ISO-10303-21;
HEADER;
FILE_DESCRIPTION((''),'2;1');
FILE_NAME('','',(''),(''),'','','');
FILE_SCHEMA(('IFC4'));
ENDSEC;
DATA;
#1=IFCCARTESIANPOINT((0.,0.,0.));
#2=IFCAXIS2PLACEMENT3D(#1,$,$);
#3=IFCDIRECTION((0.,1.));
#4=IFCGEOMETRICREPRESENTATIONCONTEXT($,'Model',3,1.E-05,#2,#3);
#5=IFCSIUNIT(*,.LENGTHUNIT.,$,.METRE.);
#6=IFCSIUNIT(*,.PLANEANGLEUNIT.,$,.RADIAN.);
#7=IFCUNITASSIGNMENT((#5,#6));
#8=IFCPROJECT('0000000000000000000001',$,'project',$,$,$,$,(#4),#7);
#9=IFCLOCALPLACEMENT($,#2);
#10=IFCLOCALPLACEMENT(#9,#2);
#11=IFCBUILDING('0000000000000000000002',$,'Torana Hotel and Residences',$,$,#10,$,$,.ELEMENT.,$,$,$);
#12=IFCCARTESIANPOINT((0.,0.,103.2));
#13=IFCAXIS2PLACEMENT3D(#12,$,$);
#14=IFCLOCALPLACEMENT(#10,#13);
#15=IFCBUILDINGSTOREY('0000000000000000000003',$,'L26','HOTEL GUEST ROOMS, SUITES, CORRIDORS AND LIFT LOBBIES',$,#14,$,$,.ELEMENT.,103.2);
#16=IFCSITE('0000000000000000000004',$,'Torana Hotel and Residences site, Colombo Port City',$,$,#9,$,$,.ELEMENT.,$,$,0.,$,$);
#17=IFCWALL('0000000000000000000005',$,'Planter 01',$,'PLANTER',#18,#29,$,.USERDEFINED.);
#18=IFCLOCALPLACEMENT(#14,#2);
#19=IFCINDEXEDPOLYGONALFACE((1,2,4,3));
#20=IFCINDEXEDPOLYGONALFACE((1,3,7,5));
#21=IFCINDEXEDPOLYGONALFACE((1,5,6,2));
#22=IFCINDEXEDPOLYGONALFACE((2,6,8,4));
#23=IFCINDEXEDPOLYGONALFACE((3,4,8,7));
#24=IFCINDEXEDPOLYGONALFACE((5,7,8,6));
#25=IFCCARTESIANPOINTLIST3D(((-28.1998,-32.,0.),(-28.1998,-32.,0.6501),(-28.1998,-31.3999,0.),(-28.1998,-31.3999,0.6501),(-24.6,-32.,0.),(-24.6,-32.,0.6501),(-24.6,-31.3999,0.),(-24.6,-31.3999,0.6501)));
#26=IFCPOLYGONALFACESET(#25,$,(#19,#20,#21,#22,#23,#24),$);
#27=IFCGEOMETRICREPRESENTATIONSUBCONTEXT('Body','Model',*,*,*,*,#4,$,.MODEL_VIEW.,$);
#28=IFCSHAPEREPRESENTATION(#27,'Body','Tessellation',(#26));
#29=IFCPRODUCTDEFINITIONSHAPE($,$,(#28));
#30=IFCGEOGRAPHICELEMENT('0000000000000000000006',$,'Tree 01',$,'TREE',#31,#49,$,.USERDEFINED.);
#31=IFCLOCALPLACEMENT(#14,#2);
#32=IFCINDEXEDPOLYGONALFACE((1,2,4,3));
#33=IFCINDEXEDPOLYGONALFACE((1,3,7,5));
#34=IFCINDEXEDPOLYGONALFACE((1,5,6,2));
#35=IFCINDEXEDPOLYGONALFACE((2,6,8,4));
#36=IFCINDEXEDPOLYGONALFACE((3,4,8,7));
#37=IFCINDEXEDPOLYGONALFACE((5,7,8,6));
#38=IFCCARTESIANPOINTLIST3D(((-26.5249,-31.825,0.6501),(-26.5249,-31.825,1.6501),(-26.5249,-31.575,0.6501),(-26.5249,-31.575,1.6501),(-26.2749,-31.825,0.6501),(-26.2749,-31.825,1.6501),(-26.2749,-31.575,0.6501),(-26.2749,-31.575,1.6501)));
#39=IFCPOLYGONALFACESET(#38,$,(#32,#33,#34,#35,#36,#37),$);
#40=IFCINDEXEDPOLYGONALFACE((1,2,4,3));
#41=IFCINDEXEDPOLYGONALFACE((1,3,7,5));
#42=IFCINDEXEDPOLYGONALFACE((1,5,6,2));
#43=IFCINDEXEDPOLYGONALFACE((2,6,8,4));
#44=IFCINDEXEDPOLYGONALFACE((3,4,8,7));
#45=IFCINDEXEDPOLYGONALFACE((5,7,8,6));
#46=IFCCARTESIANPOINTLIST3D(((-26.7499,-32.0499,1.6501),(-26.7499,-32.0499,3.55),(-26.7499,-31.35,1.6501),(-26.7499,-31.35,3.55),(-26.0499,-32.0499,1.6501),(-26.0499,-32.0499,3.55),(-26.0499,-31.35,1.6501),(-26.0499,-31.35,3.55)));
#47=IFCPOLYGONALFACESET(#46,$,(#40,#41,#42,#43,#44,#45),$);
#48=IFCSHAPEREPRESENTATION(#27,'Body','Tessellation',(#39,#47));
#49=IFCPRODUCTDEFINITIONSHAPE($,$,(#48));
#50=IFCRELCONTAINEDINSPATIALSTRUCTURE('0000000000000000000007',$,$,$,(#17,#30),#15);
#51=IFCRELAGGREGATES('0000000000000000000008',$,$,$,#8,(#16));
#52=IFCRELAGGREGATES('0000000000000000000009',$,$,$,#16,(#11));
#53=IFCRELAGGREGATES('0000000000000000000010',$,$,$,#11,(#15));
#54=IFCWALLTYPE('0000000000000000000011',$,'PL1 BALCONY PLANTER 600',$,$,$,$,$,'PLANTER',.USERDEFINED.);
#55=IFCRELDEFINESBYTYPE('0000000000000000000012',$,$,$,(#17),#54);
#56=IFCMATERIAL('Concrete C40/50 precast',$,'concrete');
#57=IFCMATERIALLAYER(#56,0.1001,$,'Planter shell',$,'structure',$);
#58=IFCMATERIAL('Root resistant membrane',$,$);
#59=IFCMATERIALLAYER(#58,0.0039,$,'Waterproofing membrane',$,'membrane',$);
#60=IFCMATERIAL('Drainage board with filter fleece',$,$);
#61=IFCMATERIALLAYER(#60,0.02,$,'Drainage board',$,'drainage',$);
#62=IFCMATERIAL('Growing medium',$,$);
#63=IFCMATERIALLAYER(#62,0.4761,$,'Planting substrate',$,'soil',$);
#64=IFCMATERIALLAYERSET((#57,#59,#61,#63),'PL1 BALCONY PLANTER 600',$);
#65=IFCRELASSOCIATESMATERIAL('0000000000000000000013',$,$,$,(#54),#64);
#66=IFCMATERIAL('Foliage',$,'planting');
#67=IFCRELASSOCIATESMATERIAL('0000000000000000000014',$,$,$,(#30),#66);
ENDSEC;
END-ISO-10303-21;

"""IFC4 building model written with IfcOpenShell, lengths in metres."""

from ifc_helpers import new_model, si_unit, direction, frame, frame_2d, origin, origin_2d, place, context, subcontext, project, spatial, rectangle, extrude, material, layer, layer_set, type_object, element, save


model = new_model("IFC4")

# Units and contexts
model_context = context("Model", 3, precision=1e-05, world=origin(), true_north=direction((0.0, 1.0)))
body_context = subcontext(model_context, "Body", "Model", "MODEL_VIEW")
ifc_project = project(units=[si_unit("LENGTHUNIT", "METRE"), si_unit("PLANEANGLEUNIT", "RADIAN")], contexts=[model_context])

# Site, building, storey
site_placement = place(None, origin())
site = spatial("IfcSite", under=ifc_project, at=site_placement, Name="Torana Hotel and Residences site, Colombo Port City", CompositionType="ELEMENT", RefElevation=0.0)
building_placement = place(site_placement, origin())
building = spatial("IfcBuilding", under=site, at=building_placement, Name="Torana Hotel and Residences", CompositionType="ELEMENT")
storey_placement = place(building_placement, frame((0.0, 0.0, 103.2)))
storey = spatial("IfcBuildingStorey", under=building, at=storey_placement, Name="L26", Description="HOTEL GUEST ROOMS, SUITES, CORRIDORS AND LIFT LOBBIES", CompositionType="ELEMENT", Elevation=103.2)

# Wall
ifc_material_1 = material(Name="Concrete C40/50 precast", Category="concrete")
ifc_layer_1 = layer(ifc_material_1, 0.1001, Name="Planter shell", Category="structure")
ifc_material_2 = material(Name="Root resistant membrane")
ifc_layer_2 = layer(ifc_material_2, 0.0039, Name="Waterproofing membrane", Category="membrane")
ifc_material_3 = material(Name="Drainage board with filter fleece")
ifc_layer_3 = layer(ifc_material_3, 0.02, Name="Drainage board", Category="drainage")
ifc_material_4 = material(Name="Growing medium")
ifc_layer_4 = layer(ifc_material_4, 0.4761, Name="Planting substrate", Category="soil")
ifc_layer_set_1 = layer_set([ifc_layer_1, ifc_layer_2, ifc_layer_3, ifc_layer_4], Name="PL1 BALCONY PLANTER 600")
wall_type_1 = type_object("IfcWallType", Name="PL1 BALCONY PLANTER 600", ElementType="PLANTER", PredefinedType="USERDEFINED", material=ifc_layer_set_1)
wall_1_placement = place(storey_placement, frame((-24.6001, -31.7, 0.0), z_axis=(0.0, 0.0, 1.0), x_axis=(-1.0, 0.0, 0.0)))
element("IfcWall", 1, at=wall_1_placement, inside=storey, type_object=wall_type_1, Name="Planter 01", ObjectType="PLANTER", PredefinedType="USERDEFINED", context=body_context, shape_type="SweptSolid", body=[
    extrude(rectangle(XDim=3.5999, YDim=0.6001, at=frame_2d((1.7998, 0.0))), origin(), (0.0, 0.0, 1.0), 0.6501),
])

# Geographic element
ifc_material_5 = material(Name="Foliage", Category="planting")
geographic_element_placement = place(storey_placement, frame((-26.3999, -31.7, 0.6501), z_axis=(0.0, 0.0, 1.0), x_axis=(1.0, 0.0, 0.0)))
element("IfcGeographicElement", 2, at=geographic_element_placement, inside=storey, material=ifc_material_5, Name="Tree 01", ObjectType="TREE", PredefinedType="USERDEFINED", context=body_context, shape_type="SweptSolid", body=[
    extrude(rectangle(XDim=0.25, YDim=0.25, at=origin_2d()), origin(), (0.0, 0.0, 1.0), 1.0),
    extrude(rectangle(XDim=0.7, YDim=0.7, at=origin_2d()), frame((0.0, 0.0, 1.0)), (0.0, 0.0, 1.0), 1.8999),
])

save(model, "model.ifc")
